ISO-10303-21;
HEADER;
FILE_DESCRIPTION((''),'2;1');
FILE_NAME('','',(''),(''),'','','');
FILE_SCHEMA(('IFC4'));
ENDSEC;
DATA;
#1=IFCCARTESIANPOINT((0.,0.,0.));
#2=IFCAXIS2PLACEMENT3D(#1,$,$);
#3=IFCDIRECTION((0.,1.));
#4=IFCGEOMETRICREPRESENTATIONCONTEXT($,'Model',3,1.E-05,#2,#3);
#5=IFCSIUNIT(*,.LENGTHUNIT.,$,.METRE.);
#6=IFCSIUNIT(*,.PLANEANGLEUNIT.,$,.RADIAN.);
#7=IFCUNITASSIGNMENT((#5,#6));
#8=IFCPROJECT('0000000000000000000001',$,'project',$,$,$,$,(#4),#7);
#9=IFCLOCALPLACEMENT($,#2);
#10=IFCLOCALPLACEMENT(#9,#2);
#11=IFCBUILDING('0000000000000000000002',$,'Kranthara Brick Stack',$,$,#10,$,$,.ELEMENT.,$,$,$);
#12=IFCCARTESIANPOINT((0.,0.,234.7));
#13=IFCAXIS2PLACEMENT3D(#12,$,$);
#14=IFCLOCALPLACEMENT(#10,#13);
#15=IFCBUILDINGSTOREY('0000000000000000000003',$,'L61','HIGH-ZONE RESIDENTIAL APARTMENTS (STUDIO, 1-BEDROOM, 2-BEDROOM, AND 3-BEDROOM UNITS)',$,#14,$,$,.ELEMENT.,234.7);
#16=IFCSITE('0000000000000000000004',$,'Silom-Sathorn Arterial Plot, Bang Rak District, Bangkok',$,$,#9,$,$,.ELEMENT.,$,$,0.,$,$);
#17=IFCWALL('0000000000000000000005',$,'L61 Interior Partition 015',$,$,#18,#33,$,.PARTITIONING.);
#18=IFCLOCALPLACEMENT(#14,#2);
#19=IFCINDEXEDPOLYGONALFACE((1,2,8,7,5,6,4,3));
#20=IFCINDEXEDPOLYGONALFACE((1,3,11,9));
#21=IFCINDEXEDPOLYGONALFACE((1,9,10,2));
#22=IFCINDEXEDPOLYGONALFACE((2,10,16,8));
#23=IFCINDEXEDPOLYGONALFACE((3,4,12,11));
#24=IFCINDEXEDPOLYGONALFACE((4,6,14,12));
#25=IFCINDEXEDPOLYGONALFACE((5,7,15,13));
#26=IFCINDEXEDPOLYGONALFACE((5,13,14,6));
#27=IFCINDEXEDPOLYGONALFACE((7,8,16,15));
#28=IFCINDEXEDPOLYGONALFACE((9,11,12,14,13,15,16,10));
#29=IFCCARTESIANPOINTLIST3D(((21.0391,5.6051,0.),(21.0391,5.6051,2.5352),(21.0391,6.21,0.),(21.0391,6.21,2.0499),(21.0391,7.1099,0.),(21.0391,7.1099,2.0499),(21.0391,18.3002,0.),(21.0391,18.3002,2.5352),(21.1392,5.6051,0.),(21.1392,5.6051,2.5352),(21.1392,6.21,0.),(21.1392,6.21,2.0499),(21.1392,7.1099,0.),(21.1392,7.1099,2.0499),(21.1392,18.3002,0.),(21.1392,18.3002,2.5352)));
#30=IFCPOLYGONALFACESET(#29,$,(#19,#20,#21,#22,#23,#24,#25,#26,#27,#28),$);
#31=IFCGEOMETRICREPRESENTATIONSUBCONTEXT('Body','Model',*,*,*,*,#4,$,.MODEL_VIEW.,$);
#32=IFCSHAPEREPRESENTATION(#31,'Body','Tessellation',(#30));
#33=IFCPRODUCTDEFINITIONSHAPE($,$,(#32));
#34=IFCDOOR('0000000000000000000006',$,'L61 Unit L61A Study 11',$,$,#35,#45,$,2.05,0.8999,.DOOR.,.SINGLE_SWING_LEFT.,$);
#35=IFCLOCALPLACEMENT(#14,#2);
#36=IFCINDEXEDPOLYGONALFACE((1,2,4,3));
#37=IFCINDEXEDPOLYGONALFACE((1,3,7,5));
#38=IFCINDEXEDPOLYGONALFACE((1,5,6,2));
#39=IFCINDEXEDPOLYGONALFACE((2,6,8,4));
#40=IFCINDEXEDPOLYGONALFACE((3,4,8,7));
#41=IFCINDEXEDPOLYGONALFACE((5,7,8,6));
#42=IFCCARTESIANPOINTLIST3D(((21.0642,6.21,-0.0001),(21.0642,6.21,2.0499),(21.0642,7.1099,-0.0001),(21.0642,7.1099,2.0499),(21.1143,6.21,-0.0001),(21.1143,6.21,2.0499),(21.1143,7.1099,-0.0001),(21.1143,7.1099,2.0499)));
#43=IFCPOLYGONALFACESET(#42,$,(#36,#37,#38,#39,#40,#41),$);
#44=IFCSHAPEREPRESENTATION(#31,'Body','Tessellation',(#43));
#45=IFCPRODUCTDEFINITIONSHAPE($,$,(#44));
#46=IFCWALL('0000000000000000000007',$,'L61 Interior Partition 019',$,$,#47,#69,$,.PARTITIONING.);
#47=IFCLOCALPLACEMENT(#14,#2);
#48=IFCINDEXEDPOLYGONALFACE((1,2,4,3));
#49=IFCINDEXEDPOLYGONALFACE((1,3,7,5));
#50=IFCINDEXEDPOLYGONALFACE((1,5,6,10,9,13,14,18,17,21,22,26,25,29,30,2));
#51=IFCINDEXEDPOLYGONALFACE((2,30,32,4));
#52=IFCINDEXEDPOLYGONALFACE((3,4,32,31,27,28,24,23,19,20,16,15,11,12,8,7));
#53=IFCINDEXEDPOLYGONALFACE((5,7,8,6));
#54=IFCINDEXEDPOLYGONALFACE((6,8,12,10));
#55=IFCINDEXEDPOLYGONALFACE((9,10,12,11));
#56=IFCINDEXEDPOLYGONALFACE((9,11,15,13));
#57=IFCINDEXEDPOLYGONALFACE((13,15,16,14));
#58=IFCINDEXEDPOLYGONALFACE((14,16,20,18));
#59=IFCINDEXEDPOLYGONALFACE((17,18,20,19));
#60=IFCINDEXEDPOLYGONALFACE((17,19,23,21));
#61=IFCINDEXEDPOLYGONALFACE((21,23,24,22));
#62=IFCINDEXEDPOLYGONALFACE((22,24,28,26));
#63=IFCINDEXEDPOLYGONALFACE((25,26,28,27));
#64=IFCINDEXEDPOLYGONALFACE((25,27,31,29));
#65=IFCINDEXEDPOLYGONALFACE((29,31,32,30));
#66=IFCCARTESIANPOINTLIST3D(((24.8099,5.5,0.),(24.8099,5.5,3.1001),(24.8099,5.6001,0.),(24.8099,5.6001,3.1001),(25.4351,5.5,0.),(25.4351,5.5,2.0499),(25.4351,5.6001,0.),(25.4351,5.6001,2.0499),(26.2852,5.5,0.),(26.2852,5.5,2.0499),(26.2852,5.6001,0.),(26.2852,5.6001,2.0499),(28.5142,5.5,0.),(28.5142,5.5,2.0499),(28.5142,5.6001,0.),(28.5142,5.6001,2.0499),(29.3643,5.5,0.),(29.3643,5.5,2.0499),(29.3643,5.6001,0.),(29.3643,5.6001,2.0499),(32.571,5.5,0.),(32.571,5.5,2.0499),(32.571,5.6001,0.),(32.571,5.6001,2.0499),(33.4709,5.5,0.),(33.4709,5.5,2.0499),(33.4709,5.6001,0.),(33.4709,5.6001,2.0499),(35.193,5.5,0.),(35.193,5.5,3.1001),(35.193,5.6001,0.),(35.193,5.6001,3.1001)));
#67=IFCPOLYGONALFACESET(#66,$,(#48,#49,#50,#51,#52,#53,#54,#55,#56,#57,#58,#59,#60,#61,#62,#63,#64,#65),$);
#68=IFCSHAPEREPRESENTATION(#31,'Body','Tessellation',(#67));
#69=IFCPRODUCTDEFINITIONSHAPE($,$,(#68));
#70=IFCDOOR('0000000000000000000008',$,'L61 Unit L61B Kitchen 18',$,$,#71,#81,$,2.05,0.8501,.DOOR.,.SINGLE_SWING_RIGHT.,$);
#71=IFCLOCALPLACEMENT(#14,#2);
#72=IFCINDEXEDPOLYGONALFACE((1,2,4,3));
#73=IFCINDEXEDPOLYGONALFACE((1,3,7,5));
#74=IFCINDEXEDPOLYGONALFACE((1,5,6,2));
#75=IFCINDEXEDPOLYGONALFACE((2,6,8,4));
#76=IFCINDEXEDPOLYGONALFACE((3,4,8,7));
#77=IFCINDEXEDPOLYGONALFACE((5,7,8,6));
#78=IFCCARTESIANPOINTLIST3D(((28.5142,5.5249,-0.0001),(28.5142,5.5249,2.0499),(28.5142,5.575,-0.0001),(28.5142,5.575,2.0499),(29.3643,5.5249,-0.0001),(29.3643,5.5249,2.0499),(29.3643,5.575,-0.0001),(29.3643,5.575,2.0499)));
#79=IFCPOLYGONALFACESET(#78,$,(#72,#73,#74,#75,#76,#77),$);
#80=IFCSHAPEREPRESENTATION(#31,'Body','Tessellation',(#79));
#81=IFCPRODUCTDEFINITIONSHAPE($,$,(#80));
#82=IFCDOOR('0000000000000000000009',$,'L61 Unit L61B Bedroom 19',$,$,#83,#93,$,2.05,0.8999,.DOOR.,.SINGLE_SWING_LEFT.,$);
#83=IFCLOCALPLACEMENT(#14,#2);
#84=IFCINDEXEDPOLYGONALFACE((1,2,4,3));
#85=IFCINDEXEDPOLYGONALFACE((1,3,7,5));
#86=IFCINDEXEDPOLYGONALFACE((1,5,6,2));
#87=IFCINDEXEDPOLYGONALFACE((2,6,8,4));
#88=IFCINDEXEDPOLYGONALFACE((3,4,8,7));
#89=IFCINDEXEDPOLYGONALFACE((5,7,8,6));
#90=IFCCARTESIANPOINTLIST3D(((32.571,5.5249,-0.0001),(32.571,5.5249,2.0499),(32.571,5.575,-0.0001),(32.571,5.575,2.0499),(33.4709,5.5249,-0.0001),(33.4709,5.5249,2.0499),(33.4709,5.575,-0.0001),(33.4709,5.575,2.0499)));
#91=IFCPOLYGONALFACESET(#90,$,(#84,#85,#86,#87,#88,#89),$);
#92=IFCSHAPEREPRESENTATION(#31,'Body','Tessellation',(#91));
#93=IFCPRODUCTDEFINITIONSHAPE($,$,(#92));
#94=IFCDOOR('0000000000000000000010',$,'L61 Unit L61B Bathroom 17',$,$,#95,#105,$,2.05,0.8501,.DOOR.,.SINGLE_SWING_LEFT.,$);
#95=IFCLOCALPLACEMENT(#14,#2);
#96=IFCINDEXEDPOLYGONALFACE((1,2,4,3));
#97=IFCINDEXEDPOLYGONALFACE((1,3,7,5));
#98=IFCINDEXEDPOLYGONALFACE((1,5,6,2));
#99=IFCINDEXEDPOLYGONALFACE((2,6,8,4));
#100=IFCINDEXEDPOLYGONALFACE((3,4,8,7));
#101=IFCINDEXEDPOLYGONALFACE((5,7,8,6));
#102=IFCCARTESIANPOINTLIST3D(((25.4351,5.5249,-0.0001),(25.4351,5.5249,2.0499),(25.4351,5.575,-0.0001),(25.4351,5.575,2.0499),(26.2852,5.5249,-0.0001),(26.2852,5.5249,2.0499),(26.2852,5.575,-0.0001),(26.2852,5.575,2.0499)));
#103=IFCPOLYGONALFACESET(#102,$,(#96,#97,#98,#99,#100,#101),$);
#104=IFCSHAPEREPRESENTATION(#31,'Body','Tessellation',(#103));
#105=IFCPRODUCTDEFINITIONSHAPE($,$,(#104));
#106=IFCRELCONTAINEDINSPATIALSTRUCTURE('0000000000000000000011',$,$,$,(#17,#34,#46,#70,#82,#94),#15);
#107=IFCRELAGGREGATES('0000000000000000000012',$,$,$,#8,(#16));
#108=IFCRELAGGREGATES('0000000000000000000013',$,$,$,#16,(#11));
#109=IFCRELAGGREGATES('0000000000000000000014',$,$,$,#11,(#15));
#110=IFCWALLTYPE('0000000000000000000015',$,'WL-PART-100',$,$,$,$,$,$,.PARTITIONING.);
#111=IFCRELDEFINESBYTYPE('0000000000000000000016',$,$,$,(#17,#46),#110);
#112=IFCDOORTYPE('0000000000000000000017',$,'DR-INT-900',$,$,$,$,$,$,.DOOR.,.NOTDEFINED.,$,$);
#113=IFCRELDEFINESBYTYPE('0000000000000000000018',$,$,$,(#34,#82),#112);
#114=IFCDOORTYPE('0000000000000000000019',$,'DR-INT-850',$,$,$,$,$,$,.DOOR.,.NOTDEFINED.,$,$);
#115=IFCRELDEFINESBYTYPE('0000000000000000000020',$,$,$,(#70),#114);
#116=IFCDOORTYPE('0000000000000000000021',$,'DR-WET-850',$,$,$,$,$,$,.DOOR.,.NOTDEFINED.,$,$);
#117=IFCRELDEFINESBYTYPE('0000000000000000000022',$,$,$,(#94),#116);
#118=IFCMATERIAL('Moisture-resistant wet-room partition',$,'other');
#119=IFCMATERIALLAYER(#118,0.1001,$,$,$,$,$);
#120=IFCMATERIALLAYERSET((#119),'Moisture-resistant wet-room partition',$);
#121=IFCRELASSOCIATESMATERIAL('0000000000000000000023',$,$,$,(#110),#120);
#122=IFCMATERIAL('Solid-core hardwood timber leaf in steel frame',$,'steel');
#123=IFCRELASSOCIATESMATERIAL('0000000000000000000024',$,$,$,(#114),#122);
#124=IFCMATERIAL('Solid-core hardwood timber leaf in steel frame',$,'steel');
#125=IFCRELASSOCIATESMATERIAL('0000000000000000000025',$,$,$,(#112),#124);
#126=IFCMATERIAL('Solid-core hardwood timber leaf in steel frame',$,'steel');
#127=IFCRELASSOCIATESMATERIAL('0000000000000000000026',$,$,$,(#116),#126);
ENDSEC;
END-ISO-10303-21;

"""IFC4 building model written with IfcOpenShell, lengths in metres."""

from ifc_helpers import new_model, si_unit, direction, frame, frame_2d, origin, place, context, subcontext, project, spatial, rectangle, extrude, material, layer, layer_set, type_object, element, fill, save


model = new_model("IFC4")

# Units and contexts
model_context = context("Model", 3, precision=1e-05, world=origin(), true_north=direction((0.0, 1.0)))
body_context = subcontext(model_context, "Body", "Model", "MODEL_VIEW")
ifc_project = project(units=[si_unit("LENGTHUNIT", "METRE"), si_unit("PLANEANGLEUNIT", "RADIAN")], contexts=[model_context])

# Site, building, storey
site_placement = place(None, origin())
site = spatial("IfcSite", under=ifc_project, at=site_placement, Name="Silom-Sathorn Arterial Plot, Bang Rak District, Bangkok", CompositionType="ELEMENT", RefElevation=0.0)
building_placement = place(site_placement, origin())
building = spatial("IfcBuilding", under=site, at=building_placement, Name="Kranthara Brick Stack", CompositionType="ELEMENT")
storey_placement = place(building_placement, frame((0.0, 0.0, 234.7)))
storey = spatial("IfcBuildingStorey", under=building, at=storey_placement, Name="L61", Description="HIGH-ZONE RESIDENTIAL APARTMENTS (STUDIO, 1-BEDROOM, 2-BEDROOM, AND 3-BEDROOM UNITS)", CompositionType="ELEMENT", Elevation=234.7)

# Shared definitions
ifc_material_1 = material(Name="Moisture-resistant wet-room partition", Category="other")
ifc_layer_1 = layer(ifc_material_1, 0.1001)
ifc_layer_set_1 = layer_set([ifc_layer_1], Name="Moisture-resistant wet-room partition")
wall_type_1 = type_object("IfcWallType", Name="WL-PART-100", PredefinedType="PARTITIONING", material=ifc_layer_set_1)
ifc_material_2 = material(Name="Solid-core hardwood timber leaf in steel frame", Category="steel")
door_type_1 = type_object("IfcDoorType", Name="DR-INT-850", OperationType="NOTDEFINED", PredefinedType="DOOR", material=ifc_material_2)
ifc_material_3 = material(Name="Solid-core hardwood timber leaf in steel frame", Category="steel")
door_type_2 = type_object("IfcDoorType", Name="DR-INT-900", OperationType="NOTDEFINED", PredefinedType="DOOR", material=ifc_material_3)
ifc_material_4 = material(Name="Solid-core hardwood timber leaf in steel frame", Category="steel")
door_type_3 = type_object("IfcDoorType", Name="DR-WET-850", OperationType="NOTDEFINED", PredefinedType="DOOR", material=ifc_material_4)

# Wall, opening, door
wall_1_placement = place(storey_placement, frame((21.0891, 5.605, 0.0), z_axis=(0.0, 0.0, 1.0), x_axis=(0.0, 1.0, 0.0)))
wall_1 = element("IfcWall", 1, at=wall_1_placement, inside=storey, type_object=wall_type_1, Name="L61 Interior Partition 015", PredefinedType="PARTITIONING", context=body_context, shape_type="SweptSolid", body=[
    extrude(rectangle(XDim=12.6951, YDim=0.1001, at=frame_2d((6.3477, 0.0))), origin(), (0.0, 0.0, 1.0), 2.5352),
])
opening_1_placement = place(wall_1_placement, frame((0.605, 0.0, 0.0)))
opening_1 = element("IfcOpeningElement", 2, at=opening_1_placement, cuts=wall_1, PredefinedType="OPENING", context=body_context, shape_type="SweptSolid", body=[
    extrude(rectangle(XDim=0.8999, YDim=2.05, at=frame_2d((0.45, 1.0249))), frame((0.0, 0.0601, 0.0), z_axis=(0.0, -1.0, 0.0), x_axis=(1.0, 0.0, 0.0)), (0.0, 0.0, 1.0), 0.1201),
])
door_1_placement = place(opening_1_placement, origin())
door_1 = element("IfcDoor", 3, at=door_1_placement, inside=storey, type_object=door_type_2, Name="L61 Unit L61A Study 11", OperationType="SINGLE_SWING_LEFT", OverallHeight=2.05, OverallWidth=0.8999, PredefinedType="DOOR", context=body_context, shape_type="SweptSolid", body=[
    extrude(rectangle(XDim=0.8999, YDim=2.05, at=frame_2d((0.45, 1.0249))), frame((0.0, 0.0249, 0.0), z_axis=(0.0, -1.0, 0.0), x_axis=(1.0, 0.0, 0.0)), (0.0, 0.0, 1.0), 0.05),
])
fill(opening_1, door_1)

# Wall, openings, doors
wall_2_placement = place(storey_placement, frame((24.8101, 5.55, 0.0), z_axis=(0.0, 0.0, 1.0), x_axis=(1.0, 0.0, 0.0)))
wall_2 = element("IfcWall", 4, at=wall_2_placement, inside=storey, type_object=wall_type_1, Name="L61 Interior Partition 019", PredefinedType="PARTITIONING", context=body_context, shape_type="SweptSolid", body=[
    extrude(rectangle(XDim=10.3831, YDim=0.1001, at=frame_2d((5.1914, 0.0))), origin(), (0.0, 0.0, 1.0), 3.1001),
])
opening_2_placement = place(wall_2_placement, frame((0.625, 0.0, 0.0)))
opening_2 = element("IfcOpeningElement", 5, at=opening_2_placement, cuts=wall_2, PredefinedType="OPENING", context=body_context, shape_type="SweptSolid", body=[
    extrude(rectangle(XDim=0.8501, YDim=2.05, at=frame_2d((0.425, 1.0249))), frame((0.0, 0.0601, 0.0), z_axis=(0.0, -1.0, 0.0), x_axis=(1.0, 0.0, 0.0)), (0.0, 0.0, 1.0), 0.1201),
])
opening_3_placement = place(wall_2_placement, frame((3.7041, 0.0, 0.0)))
opening_3 = element("IfcOpeningElement", 6, at=opening_3_placement, cuts=wall_2, PredefinedType="OPENING", context=body_context, shape_type="SweptSolid", body=[
    extrude(rectangle(XDim=0.8501, YDim=2.05, at=frame_2d((0.425, 1.0249))), frame((0.0, 0.0601, 0.0), z_axis=(0.0, -1.0, 0.0), x_axis=(1.0, 0.0, 0.0)), (0.0, 0.0, 1.0), 0.1201),
])
opening_4_placement = place(wall_2_placement, frame((7.761, 0.0, 0.0)))
opening_4 = element("IfcOpeningElement", 7, at=opening_4_placement, cuts=wall_2, PredefinedType="OPENING", context=body_context, shape_type="SweptSolid", body=[
    extrude(rectangle(XDim=0.8999, YDim=2.05, at=frame_2d((0.45, 1.0249))), frame((0.0, 0.0601, 0.0), z_axis=(0.0, -1.0, 0.0), x_axis=(1.0, 0.0, 0.0)), (0.0, 0.0, 1.0), 0.1201),
])
door_2_placement = place(opening_3_placement, origin())
door_2 = element("IfcDoor", 8, at=door_2_placement, inside=storey, type_object=door_type_1, Name="L61 Unit L61B Kitchen 18", OperationType="SINGLE_SWING_RIGHT", OverallHeight=2.05, OverallWidth=0.8501, PredefinedType="DOOR", context=body_context, shape_type="SweptSolid", body=[
    extrude(rectangle(XDim=0.8501, YDim=2.05, at=frame_2d((0.425, 1.0249))), frame((0.0, 0.0249, 0.0), z_axis=(0.0, -1.0, 0.0), x_axis=(1.0, 0.0, 0.0)), (0.0, 0.0, 1.0), 0.05),
])
fill(opening_3, door_2)
door_3_placement = place(opening_4_placement, origin())
door_3 = element("IfcDoor", 9, at=door_3_placement, inside=storey, type_object=door_type_2, Name="L61 Unit L61B Bedroom 19", OperationType="SINGLE_SWING_LEFT", OverallHeight=2.05, OverallWidth=0.8999, PredefinedType="DOOR", context=body_context, shape_type="SweptSolid", body=[
    extrude(rectangle(XDim=0.8999, YDim=2.05, at=frame_2d((0.45, 1.0249))), frame((0.0, 0.0249, 0.0), z_axis=(0.0, -1.0, 0.0), x_axis=(1.0, 0.0, 0.0)), (0.0, 0.0, 1.0), 0.05),
])
fill(opening_4, door_3)
door_4_placement = place(opening_2_placement, origin())
door_4 = element("IfcDoor", 10, at=door_4_placement, inside=storey, type_object=door_type_3, Name="L61 Unit L61B Bathroom 17", OperationType="SINGLE_SWING_LEFT", OverallHeight=2.05, OverallWidth=0.8501, PredefinedType="DOOR", context=body_context, shape_type="SweptSolid", body=[
    extrude(rectangle(XDim=0.8501, YDim=2.05, at=frame_2d((0.425, 1.0249))), frame((0.0, 0.0249, 0.0), z_axis=(0.0, -1.0, 0.0), x_axis=(1.0, 0.0, 0.0)), (0.0, 0.0, 1.0), 0.05),
])
fill(opening_2, door_4)

save(model, "model.ifc")
